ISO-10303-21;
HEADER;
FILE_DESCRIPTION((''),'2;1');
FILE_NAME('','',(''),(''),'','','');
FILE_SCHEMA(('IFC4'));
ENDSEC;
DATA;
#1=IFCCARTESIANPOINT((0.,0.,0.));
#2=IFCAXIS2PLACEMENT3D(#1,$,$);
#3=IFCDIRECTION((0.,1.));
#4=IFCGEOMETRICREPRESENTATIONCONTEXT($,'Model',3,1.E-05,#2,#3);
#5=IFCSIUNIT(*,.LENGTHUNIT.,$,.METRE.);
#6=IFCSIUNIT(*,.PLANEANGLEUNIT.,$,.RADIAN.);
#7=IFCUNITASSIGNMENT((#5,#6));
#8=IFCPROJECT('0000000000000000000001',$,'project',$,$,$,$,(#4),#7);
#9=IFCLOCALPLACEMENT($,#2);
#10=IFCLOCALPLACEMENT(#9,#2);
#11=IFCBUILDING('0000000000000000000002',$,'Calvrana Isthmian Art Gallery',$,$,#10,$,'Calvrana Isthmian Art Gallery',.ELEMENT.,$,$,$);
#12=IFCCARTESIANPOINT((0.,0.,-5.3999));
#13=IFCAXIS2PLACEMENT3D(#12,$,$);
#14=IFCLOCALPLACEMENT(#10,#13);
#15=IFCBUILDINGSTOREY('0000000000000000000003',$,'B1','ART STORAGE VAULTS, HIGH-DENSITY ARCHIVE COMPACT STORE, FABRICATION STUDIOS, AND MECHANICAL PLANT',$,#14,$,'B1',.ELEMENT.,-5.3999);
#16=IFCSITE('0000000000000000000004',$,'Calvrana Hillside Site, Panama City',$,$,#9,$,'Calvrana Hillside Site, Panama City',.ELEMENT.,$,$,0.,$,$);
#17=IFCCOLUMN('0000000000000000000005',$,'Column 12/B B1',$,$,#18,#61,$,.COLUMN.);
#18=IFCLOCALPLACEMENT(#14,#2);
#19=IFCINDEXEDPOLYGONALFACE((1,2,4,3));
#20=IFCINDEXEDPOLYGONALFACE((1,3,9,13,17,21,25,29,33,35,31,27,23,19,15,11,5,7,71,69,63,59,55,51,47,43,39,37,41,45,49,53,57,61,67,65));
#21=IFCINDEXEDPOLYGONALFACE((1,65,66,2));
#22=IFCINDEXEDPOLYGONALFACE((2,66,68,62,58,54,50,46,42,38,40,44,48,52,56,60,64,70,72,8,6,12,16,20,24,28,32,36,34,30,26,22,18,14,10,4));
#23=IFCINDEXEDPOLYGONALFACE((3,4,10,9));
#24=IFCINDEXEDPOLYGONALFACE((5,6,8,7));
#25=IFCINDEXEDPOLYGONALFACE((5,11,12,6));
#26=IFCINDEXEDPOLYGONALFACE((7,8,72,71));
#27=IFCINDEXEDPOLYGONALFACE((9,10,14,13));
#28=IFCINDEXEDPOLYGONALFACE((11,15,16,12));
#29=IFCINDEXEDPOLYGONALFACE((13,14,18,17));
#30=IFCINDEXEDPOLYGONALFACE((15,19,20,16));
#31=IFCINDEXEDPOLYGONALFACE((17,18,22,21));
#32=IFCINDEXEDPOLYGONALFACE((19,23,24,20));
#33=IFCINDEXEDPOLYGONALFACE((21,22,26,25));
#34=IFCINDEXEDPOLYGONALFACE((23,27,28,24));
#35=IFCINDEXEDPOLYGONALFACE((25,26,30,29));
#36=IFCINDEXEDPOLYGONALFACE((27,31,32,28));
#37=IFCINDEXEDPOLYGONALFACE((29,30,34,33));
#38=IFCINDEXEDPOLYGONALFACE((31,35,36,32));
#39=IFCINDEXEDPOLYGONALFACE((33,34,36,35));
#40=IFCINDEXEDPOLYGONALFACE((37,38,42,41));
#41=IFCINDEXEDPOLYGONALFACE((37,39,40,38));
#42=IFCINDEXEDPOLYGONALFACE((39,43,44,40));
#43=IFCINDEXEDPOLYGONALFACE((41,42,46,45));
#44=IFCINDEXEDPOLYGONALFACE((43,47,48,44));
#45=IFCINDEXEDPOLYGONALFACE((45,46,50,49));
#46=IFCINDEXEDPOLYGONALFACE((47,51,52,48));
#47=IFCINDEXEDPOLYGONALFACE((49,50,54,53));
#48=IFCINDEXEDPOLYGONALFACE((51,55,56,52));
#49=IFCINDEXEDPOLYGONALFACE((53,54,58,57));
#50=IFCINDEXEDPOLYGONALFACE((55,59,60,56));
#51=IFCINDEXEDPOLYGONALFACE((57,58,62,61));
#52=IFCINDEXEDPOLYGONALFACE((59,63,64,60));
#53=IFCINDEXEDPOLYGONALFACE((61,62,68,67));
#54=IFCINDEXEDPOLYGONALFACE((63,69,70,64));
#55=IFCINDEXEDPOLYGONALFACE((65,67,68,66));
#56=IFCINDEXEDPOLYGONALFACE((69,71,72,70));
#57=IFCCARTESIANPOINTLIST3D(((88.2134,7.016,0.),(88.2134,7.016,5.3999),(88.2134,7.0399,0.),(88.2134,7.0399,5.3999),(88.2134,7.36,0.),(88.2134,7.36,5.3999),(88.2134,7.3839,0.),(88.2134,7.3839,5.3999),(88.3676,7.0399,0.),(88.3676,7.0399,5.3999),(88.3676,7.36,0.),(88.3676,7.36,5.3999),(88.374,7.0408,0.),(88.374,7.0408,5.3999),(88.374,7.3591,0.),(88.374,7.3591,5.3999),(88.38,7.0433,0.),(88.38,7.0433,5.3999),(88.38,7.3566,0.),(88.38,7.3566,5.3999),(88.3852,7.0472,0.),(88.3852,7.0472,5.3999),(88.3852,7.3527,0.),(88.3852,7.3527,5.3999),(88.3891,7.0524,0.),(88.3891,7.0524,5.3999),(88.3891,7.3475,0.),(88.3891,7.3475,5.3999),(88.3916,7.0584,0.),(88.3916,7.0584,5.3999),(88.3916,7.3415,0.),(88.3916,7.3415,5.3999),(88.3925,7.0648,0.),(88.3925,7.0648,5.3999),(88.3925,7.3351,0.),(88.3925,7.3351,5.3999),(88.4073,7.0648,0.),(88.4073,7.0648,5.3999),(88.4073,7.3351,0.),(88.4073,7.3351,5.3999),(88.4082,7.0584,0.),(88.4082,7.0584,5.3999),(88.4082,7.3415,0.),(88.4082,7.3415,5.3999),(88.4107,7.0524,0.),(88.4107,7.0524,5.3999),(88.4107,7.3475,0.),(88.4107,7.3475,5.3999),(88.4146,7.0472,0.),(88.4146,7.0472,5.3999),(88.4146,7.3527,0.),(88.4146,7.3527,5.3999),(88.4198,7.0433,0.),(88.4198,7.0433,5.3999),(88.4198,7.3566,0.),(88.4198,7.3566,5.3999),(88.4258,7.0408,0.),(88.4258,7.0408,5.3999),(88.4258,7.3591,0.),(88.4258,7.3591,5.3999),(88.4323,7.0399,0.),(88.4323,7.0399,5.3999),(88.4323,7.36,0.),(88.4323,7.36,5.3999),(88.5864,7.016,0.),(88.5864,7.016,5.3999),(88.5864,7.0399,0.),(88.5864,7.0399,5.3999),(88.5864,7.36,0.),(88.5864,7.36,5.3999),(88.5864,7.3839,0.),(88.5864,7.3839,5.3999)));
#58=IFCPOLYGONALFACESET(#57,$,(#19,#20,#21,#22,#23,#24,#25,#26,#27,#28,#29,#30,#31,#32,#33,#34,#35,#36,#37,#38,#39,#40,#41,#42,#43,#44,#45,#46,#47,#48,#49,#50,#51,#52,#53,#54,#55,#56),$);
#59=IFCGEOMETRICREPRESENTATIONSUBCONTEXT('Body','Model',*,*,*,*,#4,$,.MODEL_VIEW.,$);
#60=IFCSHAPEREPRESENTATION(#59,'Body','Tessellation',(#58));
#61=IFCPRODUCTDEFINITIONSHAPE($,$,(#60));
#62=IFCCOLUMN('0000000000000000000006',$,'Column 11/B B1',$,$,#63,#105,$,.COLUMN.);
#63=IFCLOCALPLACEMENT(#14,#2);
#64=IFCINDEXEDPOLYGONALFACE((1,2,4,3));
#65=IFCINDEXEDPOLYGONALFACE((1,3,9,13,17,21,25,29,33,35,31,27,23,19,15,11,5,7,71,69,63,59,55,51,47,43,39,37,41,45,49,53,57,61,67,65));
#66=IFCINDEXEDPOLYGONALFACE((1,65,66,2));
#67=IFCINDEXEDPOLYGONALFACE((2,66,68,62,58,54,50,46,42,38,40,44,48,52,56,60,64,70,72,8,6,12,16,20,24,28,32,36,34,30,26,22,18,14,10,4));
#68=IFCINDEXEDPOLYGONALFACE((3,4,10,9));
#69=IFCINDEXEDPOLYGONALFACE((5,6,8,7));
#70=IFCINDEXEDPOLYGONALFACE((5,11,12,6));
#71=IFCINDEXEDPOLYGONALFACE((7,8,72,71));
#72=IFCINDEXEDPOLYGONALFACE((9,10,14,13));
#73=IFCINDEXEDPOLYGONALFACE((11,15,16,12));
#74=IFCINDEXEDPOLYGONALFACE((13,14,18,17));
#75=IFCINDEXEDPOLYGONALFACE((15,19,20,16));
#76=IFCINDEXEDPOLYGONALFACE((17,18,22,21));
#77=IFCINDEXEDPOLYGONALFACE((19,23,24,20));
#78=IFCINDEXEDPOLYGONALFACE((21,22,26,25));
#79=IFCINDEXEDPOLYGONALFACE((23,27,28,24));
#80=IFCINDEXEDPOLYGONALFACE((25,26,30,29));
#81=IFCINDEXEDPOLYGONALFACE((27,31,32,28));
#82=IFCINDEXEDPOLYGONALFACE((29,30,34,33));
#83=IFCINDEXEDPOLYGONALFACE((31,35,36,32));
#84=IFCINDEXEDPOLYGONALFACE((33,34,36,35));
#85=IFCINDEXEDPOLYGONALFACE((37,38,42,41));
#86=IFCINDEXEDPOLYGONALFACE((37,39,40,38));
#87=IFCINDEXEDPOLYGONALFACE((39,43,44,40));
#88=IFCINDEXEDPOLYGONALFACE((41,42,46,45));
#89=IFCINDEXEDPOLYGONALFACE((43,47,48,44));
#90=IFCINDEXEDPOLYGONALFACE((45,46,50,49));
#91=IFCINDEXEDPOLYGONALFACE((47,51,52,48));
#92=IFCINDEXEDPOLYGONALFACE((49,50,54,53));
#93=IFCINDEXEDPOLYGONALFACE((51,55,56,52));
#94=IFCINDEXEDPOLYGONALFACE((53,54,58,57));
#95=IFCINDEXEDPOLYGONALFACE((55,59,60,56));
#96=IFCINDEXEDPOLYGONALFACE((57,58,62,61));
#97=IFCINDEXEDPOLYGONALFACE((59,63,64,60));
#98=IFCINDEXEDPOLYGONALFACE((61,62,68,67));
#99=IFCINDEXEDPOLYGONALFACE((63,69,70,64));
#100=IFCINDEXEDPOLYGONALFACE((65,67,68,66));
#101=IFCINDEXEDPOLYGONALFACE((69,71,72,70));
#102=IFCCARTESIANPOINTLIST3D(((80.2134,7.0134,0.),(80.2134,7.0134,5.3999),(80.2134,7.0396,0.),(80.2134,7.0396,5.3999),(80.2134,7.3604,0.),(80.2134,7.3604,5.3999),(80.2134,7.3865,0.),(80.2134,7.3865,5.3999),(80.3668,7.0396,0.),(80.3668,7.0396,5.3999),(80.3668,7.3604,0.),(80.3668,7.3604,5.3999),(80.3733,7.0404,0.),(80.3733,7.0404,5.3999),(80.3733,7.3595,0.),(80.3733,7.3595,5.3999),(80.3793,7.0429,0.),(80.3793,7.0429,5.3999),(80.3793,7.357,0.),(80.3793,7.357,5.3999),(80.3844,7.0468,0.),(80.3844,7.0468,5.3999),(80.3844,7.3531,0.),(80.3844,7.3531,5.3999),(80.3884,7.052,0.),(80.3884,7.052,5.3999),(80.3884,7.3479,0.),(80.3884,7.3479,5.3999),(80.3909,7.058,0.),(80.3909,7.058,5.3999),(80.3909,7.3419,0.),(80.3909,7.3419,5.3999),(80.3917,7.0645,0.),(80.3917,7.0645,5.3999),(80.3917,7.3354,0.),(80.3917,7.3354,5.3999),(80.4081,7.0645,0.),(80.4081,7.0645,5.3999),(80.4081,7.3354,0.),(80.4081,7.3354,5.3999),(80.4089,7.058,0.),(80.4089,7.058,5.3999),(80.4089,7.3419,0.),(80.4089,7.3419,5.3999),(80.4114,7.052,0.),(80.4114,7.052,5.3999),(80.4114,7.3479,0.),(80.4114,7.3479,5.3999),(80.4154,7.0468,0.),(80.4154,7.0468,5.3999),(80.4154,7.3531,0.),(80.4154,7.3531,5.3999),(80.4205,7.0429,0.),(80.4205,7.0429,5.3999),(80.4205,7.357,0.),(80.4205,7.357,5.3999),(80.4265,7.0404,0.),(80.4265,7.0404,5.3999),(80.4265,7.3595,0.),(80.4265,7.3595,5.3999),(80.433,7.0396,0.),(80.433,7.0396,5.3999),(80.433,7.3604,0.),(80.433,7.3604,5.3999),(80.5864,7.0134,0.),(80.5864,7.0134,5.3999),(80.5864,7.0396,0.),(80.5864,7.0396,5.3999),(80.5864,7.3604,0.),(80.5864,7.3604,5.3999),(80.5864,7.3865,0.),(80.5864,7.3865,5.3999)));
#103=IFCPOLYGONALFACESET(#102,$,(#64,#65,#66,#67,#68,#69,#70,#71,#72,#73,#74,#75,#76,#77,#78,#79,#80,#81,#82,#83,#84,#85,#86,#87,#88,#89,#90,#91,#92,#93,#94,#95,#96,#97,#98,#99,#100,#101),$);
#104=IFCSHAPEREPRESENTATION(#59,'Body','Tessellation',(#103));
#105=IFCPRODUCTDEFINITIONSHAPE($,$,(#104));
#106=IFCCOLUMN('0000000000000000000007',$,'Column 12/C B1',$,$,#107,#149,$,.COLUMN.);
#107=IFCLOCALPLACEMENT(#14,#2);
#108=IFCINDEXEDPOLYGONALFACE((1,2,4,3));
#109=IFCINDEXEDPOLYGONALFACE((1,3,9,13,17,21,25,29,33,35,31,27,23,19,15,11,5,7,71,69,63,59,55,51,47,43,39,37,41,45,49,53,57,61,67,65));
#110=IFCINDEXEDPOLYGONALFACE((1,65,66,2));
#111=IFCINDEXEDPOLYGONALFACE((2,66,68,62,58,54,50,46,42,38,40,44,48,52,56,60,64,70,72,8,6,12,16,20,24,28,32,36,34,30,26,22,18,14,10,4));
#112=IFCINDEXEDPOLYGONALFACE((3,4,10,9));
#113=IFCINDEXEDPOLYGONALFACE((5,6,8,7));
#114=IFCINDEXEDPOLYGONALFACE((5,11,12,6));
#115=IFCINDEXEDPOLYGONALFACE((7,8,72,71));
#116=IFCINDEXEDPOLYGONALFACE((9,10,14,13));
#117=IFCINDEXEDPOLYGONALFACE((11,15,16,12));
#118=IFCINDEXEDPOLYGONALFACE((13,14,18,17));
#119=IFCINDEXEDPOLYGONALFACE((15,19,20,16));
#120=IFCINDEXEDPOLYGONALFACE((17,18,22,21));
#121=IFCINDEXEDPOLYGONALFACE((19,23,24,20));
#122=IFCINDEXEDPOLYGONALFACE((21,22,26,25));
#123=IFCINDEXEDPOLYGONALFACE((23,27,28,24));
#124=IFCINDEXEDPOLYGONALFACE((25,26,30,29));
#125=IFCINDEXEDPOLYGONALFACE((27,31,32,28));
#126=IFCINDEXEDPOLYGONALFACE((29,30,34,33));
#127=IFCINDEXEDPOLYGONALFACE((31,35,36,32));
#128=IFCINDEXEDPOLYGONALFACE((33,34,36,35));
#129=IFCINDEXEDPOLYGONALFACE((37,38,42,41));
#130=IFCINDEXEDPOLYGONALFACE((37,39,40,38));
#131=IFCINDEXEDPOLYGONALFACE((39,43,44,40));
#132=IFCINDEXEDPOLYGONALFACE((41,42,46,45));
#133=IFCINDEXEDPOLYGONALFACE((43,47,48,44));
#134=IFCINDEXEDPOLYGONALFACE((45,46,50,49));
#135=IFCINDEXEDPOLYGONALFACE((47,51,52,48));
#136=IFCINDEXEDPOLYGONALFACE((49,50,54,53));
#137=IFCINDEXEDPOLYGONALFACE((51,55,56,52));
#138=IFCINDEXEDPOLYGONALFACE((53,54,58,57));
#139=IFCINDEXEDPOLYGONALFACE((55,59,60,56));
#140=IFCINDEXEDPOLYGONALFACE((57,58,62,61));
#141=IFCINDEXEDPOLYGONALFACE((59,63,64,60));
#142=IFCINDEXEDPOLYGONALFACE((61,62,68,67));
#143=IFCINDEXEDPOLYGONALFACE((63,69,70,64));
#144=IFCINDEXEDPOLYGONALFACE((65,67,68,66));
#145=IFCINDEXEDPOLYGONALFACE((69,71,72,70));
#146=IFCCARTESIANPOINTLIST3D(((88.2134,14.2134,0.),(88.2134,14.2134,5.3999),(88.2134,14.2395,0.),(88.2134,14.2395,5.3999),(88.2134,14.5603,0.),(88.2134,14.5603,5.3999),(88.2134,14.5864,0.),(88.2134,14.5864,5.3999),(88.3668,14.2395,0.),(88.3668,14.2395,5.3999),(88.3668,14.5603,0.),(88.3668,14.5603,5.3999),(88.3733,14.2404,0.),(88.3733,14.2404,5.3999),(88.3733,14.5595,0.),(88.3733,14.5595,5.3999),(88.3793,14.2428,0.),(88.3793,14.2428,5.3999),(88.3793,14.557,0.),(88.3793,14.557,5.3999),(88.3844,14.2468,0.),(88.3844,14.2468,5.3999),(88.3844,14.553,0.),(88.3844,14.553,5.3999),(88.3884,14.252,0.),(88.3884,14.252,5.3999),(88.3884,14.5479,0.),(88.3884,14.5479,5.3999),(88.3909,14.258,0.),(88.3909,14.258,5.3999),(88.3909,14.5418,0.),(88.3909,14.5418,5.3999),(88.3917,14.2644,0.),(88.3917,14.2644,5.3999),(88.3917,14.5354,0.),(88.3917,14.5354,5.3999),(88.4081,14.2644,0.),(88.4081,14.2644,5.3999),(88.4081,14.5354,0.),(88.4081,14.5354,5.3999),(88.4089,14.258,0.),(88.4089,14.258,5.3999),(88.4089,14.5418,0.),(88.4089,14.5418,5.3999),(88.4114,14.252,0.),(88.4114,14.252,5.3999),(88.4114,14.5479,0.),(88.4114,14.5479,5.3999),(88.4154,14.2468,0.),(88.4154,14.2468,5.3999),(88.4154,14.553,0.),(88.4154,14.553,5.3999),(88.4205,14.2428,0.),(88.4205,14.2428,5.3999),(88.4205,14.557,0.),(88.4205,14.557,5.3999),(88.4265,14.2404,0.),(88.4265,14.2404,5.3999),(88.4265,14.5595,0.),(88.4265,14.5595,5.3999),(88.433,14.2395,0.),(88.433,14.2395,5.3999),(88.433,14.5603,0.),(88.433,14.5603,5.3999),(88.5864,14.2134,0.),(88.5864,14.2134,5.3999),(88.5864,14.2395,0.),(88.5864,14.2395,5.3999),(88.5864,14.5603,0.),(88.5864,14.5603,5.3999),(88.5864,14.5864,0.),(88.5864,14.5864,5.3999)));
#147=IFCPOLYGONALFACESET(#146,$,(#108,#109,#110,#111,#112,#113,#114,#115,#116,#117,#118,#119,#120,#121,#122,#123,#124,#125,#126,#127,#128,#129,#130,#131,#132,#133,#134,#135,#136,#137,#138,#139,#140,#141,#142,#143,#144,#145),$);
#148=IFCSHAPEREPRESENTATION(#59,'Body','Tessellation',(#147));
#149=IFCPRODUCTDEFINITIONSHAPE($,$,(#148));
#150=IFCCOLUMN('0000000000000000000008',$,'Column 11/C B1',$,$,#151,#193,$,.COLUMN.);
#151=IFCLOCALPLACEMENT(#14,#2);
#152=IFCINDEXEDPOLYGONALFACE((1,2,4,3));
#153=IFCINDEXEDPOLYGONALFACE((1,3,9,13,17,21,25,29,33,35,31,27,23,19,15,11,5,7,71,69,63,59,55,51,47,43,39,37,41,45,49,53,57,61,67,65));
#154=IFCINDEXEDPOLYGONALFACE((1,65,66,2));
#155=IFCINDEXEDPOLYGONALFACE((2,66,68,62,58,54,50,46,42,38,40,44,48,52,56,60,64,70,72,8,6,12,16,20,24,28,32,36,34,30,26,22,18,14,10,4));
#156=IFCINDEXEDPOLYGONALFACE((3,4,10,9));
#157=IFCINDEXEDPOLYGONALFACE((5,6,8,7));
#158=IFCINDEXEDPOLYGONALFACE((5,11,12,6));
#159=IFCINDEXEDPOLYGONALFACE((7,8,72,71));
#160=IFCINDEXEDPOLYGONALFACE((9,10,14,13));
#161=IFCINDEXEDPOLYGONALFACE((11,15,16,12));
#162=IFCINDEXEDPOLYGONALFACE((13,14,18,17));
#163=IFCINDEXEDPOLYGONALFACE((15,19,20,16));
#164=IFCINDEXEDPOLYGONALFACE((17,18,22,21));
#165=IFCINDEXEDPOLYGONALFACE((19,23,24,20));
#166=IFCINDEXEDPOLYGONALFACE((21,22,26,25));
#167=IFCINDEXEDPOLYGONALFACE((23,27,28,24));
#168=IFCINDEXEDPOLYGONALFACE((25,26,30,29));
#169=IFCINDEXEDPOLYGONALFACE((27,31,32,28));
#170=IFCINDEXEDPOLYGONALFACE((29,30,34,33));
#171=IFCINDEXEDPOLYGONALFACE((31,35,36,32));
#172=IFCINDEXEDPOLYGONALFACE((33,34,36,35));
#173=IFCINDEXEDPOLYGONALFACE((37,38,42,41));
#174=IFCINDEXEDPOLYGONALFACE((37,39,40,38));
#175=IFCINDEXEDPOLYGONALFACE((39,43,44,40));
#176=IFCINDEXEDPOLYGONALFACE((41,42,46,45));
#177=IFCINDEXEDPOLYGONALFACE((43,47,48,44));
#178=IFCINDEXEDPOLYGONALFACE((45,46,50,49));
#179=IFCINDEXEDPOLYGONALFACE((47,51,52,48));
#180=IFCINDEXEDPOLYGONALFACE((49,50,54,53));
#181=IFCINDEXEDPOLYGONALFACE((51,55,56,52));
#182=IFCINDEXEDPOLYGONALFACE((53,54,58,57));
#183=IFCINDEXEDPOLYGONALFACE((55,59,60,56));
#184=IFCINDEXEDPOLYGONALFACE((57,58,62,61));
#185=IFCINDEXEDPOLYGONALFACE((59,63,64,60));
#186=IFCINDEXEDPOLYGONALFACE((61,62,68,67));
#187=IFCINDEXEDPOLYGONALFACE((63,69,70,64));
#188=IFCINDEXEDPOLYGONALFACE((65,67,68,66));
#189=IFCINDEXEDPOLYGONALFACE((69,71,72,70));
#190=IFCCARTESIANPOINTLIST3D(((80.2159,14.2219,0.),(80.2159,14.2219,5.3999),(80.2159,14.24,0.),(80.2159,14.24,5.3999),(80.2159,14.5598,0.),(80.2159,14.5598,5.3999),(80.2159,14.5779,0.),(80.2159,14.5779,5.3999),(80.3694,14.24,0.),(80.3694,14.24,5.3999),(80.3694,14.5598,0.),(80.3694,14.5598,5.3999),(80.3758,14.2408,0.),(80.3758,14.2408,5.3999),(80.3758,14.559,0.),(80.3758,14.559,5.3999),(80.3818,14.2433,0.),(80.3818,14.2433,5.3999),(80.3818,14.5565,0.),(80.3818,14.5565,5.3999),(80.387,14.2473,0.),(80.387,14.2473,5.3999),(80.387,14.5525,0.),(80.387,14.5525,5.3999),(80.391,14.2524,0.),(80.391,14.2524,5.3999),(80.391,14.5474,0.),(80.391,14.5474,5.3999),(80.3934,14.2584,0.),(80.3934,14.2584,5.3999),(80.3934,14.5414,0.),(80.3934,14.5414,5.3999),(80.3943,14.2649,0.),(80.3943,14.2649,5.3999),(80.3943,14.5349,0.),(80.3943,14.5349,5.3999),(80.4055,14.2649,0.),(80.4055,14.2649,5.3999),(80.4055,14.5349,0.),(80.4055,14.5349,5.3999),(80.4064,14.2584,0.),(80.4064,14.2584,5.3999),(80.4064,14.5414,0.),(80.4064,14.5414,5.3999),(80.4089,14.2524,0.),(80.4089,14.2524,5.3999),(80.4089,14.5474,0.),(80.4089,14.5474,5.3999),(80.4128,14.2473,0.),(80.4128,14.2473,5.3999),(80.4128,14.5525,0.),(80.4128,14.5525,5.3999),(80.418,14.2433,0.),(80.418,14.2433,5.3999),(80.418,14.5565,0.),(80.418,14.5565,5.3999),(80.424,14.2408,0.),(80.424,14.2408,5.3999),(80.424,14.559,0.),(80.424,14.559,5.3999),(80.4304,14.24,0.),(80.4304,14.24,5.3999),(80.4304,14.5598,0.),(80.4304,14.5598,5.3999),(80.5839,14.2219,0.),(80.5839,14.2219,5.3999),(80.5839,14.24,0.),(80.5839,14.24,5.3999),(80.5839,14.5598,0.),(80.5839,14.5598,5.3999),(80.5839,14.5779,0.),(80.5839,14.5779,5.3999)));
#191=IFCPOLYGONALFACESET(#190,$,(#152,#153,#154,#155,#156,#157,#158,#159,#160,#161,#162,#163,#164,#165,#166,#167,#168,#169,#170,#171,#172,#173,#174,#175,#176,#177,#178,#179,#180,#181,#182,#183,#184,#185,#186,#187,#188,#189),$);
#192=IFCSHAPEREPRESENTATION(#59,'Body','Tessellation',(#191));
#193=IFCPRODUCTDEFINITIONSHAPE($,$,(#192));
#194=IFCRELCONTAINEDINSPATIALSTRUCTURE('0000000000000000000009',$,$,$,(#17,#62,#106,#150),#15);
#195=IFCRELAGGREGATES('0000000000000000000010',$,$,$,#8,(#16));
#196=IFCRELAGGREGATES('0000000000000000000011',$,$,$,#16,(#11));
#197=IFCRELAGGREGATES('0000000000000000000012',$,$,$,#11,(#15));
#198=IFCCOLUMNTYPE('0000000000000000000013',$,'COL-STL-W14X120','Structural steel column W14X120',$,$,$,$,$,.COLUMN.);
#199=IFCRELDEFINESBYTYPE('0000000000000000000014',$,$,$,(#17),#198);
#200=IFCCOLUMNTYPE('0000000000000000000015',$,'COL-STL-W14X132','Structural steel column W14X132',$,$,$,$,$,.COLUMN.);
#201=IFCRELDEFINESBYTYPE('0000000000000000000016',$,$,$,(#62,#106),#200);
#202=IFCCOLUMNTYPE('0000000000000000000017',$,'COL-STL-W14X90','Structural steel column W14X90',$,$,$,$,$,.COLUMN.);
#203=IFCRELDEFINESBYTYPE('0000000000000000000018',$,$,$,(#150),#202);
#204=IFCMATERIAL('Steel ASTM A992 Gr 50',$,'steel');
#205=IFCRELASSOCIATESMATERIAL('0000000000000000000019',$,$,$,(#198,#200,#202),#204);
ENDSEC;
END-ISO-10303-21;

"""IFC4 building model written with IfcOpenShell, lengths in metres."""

from ifc_helpers import new_model, si_unit, direction, frame, origin, origin_2d, place, context, subcontext, project, spatial, i_section, extrude, material, material_profile, profile_set, type_object, element, save


model = new_model("IFC4")

# Units and contexts
model_context = context("Model", 3, precision=1e-05, world=origin(), true_north=direction((0.0, 1.0)))
body_context = subcontext(model_context, "Body", "Model", "MODEL_VIEW")
ifc_project = project(units=[si_unit("LENGTHUNIT", "METRE"), si_unit("PLANEANGLEUNIT", "RADIAN")], contexts=[model_context])

# Site, building, storey
site_placement = place(None, origin())
site = spatial("IfcSite", under=ifc_project, at=site_placement, Name="Calvrana Hillside Site, Panama City", LongName="Calvrana Hillside Site, Panama City", CompositionType="ELEMENT", RefElevation=0.0)
building_placement = place(site_placement, origin())
building = spatial("IfcBuilding", under=site, at=building_placement, Name="Calvrana Isthmian Art Gallery", LongName="Calvrana Isthmian Art Gallery", CompositionType="ELEMENT")
storey_placement = place(building_placement, frame((0.0, 0.0, -5.3999)))
storey = spatial("IfcBuildingStorey", under=building, at=storey_placement, Name="B1", Description="ART STORAGE VAULTS, HIGH-DENSITY ARCHIVE COMPACT STORE, FABRICATION STUDIOS, AND MECHANICAL PLANT", LongName="B1", CompositionType="ELEMENT", Elevation=-5.3999)

# Columns
ifc_material_1 = material(Name="Steel ASTM A992 Gr 50", Category="steel")
ifc_material_profile_1 = material_profile(ifc_material_1, i_section(OverallWidth=0.373, OverallDepth=0.3679, WebThickness=0.0149, FlangeThickness=0.0239, FilletRadius=0.0249, at=origin_2d()), Name="W14X120")
ifc_profile_set_1 = profile_set([ifc_material_profile_1], Name="Steel ASTM A992 Gr 50")
column_type_1 = type_object("IfcColumnType", Name="COL-STL-W14X120", Description="Structural steel column W14X120", PredefinedType="COLUMN", material=ifc_profile_set_1)
column_1_placement = place(storey_placement, frame((88.3999, 7.2, 0.0), z_axis=(0.0, 0.0, 1.0), x_axis=(1.0, 0.0, 0.0)))
element("IfcColumn", 1, at=column_1_placement, inside=storey, type_object=column_type_1, Name="Column 12/B B1", PredefinedType="COLUMN", context=body_context, shape_type="SweptSolid", body=[
    extrude(i_section(OverallWidth=0.373, OverallDepth=0.3679, WebThickness=0.0149, FlangeThickness=0.0239, FilletRadius=0.0249, at=origin_2d()), origin(), (0.0, 0.0, 1.0), 5.3999),
])
ifc_material_profile_2 = material_profile(ifc_material_1, i_section(OverallWidth=0.373, OverallDepth=0.373, WebThickness=0.0164, FlangeThickness=0.0261, FilletRadius=0.0249, at=origin_2d()), Name="W14X132")
ifc_profile_set_2 = profile_set([ifc_material_profile_2], Name="Steel ASTM A992 Gr 50")
column_type_2 = type_object("IfcColumnType", Name="COL-STL-W14X132", Description="Structural steel column W14X132", PredefinedType="COLUMN", material=ifc_profile_set_2)
for number, where, z_axis, x_axis, name in (
    (2, (80.3999, 7.2, 0.0), (0.0, 0.0, 1.0), (1.0, 0.0, 0.0), "Column 11/B B1"),
    (3, (88.3999, 14.3999, 0.0), (0.0, 0.0, 1.0), (1.0, 0.0, 0.0), "Column 12/C B1"),
):
    element("IfcColumn", number, at=place(storey_placement, frame(where, z_axis=z_axis, x_axis=x_axis)), inside=storey, type_object=column_type_2, Name=name, PredefinedType="COLUMN", context=body_context, shape_type="SweptSolid", body=[
        extrude(i_section(OverallWidth=0.373, OverallDepth=0.373, WebThickness=0.0164, FlangeThickness=0.0261, FilletRadius=0.0249, at=origin_2d()), origin(), (0.0, 0.0, 1.0), 5.3999),
    ])
ifc_material_profile_3 = material_profile(ifc_material_1, i_section(OverallWidth=0.3679, OverallDepth=0.356, WebThickness=0.0112, FlangeThickness=0.0181, FilletRadius=0.0249, at=origin_2d()), Name="W14X90")
ifc_profile_set_3 = profile_set([ifc_material_profile_3], Name="Steel ASTM A992 Gr 50")
column_type_3 = type_object("IfcColumnType", Name="COL-STL-W14X90", Description="Structural steel column W14X90", PredefinedType="COLUMN", material=ifc_profile_set_3)
column_2_placement = place(storey_placement, frame((80.3999, 14.3999, 0.0), z_axis=(0.0, 0.0, 1.0), x_axis=(1.0, 0.0, 0.0)))
element("IfcColumn", 4, at=column_2_placement, inside=storey, type_object=column_type_3, Name="Column 11/C B1", PredefinedType="COLUMN", context=body_context, shape_type="SweptSolid", body=[
    extrude(i_section(OverallWidth=0.3679, OverallDepth=0.356, WebThickness=0.0112, FlangeThickness=0.0181, FilletRadius=0.0249, at=origin_2d()), origin(), (0.0, 0.0, 1.0), 5.3999),
])

save(model, "model.ifc")
